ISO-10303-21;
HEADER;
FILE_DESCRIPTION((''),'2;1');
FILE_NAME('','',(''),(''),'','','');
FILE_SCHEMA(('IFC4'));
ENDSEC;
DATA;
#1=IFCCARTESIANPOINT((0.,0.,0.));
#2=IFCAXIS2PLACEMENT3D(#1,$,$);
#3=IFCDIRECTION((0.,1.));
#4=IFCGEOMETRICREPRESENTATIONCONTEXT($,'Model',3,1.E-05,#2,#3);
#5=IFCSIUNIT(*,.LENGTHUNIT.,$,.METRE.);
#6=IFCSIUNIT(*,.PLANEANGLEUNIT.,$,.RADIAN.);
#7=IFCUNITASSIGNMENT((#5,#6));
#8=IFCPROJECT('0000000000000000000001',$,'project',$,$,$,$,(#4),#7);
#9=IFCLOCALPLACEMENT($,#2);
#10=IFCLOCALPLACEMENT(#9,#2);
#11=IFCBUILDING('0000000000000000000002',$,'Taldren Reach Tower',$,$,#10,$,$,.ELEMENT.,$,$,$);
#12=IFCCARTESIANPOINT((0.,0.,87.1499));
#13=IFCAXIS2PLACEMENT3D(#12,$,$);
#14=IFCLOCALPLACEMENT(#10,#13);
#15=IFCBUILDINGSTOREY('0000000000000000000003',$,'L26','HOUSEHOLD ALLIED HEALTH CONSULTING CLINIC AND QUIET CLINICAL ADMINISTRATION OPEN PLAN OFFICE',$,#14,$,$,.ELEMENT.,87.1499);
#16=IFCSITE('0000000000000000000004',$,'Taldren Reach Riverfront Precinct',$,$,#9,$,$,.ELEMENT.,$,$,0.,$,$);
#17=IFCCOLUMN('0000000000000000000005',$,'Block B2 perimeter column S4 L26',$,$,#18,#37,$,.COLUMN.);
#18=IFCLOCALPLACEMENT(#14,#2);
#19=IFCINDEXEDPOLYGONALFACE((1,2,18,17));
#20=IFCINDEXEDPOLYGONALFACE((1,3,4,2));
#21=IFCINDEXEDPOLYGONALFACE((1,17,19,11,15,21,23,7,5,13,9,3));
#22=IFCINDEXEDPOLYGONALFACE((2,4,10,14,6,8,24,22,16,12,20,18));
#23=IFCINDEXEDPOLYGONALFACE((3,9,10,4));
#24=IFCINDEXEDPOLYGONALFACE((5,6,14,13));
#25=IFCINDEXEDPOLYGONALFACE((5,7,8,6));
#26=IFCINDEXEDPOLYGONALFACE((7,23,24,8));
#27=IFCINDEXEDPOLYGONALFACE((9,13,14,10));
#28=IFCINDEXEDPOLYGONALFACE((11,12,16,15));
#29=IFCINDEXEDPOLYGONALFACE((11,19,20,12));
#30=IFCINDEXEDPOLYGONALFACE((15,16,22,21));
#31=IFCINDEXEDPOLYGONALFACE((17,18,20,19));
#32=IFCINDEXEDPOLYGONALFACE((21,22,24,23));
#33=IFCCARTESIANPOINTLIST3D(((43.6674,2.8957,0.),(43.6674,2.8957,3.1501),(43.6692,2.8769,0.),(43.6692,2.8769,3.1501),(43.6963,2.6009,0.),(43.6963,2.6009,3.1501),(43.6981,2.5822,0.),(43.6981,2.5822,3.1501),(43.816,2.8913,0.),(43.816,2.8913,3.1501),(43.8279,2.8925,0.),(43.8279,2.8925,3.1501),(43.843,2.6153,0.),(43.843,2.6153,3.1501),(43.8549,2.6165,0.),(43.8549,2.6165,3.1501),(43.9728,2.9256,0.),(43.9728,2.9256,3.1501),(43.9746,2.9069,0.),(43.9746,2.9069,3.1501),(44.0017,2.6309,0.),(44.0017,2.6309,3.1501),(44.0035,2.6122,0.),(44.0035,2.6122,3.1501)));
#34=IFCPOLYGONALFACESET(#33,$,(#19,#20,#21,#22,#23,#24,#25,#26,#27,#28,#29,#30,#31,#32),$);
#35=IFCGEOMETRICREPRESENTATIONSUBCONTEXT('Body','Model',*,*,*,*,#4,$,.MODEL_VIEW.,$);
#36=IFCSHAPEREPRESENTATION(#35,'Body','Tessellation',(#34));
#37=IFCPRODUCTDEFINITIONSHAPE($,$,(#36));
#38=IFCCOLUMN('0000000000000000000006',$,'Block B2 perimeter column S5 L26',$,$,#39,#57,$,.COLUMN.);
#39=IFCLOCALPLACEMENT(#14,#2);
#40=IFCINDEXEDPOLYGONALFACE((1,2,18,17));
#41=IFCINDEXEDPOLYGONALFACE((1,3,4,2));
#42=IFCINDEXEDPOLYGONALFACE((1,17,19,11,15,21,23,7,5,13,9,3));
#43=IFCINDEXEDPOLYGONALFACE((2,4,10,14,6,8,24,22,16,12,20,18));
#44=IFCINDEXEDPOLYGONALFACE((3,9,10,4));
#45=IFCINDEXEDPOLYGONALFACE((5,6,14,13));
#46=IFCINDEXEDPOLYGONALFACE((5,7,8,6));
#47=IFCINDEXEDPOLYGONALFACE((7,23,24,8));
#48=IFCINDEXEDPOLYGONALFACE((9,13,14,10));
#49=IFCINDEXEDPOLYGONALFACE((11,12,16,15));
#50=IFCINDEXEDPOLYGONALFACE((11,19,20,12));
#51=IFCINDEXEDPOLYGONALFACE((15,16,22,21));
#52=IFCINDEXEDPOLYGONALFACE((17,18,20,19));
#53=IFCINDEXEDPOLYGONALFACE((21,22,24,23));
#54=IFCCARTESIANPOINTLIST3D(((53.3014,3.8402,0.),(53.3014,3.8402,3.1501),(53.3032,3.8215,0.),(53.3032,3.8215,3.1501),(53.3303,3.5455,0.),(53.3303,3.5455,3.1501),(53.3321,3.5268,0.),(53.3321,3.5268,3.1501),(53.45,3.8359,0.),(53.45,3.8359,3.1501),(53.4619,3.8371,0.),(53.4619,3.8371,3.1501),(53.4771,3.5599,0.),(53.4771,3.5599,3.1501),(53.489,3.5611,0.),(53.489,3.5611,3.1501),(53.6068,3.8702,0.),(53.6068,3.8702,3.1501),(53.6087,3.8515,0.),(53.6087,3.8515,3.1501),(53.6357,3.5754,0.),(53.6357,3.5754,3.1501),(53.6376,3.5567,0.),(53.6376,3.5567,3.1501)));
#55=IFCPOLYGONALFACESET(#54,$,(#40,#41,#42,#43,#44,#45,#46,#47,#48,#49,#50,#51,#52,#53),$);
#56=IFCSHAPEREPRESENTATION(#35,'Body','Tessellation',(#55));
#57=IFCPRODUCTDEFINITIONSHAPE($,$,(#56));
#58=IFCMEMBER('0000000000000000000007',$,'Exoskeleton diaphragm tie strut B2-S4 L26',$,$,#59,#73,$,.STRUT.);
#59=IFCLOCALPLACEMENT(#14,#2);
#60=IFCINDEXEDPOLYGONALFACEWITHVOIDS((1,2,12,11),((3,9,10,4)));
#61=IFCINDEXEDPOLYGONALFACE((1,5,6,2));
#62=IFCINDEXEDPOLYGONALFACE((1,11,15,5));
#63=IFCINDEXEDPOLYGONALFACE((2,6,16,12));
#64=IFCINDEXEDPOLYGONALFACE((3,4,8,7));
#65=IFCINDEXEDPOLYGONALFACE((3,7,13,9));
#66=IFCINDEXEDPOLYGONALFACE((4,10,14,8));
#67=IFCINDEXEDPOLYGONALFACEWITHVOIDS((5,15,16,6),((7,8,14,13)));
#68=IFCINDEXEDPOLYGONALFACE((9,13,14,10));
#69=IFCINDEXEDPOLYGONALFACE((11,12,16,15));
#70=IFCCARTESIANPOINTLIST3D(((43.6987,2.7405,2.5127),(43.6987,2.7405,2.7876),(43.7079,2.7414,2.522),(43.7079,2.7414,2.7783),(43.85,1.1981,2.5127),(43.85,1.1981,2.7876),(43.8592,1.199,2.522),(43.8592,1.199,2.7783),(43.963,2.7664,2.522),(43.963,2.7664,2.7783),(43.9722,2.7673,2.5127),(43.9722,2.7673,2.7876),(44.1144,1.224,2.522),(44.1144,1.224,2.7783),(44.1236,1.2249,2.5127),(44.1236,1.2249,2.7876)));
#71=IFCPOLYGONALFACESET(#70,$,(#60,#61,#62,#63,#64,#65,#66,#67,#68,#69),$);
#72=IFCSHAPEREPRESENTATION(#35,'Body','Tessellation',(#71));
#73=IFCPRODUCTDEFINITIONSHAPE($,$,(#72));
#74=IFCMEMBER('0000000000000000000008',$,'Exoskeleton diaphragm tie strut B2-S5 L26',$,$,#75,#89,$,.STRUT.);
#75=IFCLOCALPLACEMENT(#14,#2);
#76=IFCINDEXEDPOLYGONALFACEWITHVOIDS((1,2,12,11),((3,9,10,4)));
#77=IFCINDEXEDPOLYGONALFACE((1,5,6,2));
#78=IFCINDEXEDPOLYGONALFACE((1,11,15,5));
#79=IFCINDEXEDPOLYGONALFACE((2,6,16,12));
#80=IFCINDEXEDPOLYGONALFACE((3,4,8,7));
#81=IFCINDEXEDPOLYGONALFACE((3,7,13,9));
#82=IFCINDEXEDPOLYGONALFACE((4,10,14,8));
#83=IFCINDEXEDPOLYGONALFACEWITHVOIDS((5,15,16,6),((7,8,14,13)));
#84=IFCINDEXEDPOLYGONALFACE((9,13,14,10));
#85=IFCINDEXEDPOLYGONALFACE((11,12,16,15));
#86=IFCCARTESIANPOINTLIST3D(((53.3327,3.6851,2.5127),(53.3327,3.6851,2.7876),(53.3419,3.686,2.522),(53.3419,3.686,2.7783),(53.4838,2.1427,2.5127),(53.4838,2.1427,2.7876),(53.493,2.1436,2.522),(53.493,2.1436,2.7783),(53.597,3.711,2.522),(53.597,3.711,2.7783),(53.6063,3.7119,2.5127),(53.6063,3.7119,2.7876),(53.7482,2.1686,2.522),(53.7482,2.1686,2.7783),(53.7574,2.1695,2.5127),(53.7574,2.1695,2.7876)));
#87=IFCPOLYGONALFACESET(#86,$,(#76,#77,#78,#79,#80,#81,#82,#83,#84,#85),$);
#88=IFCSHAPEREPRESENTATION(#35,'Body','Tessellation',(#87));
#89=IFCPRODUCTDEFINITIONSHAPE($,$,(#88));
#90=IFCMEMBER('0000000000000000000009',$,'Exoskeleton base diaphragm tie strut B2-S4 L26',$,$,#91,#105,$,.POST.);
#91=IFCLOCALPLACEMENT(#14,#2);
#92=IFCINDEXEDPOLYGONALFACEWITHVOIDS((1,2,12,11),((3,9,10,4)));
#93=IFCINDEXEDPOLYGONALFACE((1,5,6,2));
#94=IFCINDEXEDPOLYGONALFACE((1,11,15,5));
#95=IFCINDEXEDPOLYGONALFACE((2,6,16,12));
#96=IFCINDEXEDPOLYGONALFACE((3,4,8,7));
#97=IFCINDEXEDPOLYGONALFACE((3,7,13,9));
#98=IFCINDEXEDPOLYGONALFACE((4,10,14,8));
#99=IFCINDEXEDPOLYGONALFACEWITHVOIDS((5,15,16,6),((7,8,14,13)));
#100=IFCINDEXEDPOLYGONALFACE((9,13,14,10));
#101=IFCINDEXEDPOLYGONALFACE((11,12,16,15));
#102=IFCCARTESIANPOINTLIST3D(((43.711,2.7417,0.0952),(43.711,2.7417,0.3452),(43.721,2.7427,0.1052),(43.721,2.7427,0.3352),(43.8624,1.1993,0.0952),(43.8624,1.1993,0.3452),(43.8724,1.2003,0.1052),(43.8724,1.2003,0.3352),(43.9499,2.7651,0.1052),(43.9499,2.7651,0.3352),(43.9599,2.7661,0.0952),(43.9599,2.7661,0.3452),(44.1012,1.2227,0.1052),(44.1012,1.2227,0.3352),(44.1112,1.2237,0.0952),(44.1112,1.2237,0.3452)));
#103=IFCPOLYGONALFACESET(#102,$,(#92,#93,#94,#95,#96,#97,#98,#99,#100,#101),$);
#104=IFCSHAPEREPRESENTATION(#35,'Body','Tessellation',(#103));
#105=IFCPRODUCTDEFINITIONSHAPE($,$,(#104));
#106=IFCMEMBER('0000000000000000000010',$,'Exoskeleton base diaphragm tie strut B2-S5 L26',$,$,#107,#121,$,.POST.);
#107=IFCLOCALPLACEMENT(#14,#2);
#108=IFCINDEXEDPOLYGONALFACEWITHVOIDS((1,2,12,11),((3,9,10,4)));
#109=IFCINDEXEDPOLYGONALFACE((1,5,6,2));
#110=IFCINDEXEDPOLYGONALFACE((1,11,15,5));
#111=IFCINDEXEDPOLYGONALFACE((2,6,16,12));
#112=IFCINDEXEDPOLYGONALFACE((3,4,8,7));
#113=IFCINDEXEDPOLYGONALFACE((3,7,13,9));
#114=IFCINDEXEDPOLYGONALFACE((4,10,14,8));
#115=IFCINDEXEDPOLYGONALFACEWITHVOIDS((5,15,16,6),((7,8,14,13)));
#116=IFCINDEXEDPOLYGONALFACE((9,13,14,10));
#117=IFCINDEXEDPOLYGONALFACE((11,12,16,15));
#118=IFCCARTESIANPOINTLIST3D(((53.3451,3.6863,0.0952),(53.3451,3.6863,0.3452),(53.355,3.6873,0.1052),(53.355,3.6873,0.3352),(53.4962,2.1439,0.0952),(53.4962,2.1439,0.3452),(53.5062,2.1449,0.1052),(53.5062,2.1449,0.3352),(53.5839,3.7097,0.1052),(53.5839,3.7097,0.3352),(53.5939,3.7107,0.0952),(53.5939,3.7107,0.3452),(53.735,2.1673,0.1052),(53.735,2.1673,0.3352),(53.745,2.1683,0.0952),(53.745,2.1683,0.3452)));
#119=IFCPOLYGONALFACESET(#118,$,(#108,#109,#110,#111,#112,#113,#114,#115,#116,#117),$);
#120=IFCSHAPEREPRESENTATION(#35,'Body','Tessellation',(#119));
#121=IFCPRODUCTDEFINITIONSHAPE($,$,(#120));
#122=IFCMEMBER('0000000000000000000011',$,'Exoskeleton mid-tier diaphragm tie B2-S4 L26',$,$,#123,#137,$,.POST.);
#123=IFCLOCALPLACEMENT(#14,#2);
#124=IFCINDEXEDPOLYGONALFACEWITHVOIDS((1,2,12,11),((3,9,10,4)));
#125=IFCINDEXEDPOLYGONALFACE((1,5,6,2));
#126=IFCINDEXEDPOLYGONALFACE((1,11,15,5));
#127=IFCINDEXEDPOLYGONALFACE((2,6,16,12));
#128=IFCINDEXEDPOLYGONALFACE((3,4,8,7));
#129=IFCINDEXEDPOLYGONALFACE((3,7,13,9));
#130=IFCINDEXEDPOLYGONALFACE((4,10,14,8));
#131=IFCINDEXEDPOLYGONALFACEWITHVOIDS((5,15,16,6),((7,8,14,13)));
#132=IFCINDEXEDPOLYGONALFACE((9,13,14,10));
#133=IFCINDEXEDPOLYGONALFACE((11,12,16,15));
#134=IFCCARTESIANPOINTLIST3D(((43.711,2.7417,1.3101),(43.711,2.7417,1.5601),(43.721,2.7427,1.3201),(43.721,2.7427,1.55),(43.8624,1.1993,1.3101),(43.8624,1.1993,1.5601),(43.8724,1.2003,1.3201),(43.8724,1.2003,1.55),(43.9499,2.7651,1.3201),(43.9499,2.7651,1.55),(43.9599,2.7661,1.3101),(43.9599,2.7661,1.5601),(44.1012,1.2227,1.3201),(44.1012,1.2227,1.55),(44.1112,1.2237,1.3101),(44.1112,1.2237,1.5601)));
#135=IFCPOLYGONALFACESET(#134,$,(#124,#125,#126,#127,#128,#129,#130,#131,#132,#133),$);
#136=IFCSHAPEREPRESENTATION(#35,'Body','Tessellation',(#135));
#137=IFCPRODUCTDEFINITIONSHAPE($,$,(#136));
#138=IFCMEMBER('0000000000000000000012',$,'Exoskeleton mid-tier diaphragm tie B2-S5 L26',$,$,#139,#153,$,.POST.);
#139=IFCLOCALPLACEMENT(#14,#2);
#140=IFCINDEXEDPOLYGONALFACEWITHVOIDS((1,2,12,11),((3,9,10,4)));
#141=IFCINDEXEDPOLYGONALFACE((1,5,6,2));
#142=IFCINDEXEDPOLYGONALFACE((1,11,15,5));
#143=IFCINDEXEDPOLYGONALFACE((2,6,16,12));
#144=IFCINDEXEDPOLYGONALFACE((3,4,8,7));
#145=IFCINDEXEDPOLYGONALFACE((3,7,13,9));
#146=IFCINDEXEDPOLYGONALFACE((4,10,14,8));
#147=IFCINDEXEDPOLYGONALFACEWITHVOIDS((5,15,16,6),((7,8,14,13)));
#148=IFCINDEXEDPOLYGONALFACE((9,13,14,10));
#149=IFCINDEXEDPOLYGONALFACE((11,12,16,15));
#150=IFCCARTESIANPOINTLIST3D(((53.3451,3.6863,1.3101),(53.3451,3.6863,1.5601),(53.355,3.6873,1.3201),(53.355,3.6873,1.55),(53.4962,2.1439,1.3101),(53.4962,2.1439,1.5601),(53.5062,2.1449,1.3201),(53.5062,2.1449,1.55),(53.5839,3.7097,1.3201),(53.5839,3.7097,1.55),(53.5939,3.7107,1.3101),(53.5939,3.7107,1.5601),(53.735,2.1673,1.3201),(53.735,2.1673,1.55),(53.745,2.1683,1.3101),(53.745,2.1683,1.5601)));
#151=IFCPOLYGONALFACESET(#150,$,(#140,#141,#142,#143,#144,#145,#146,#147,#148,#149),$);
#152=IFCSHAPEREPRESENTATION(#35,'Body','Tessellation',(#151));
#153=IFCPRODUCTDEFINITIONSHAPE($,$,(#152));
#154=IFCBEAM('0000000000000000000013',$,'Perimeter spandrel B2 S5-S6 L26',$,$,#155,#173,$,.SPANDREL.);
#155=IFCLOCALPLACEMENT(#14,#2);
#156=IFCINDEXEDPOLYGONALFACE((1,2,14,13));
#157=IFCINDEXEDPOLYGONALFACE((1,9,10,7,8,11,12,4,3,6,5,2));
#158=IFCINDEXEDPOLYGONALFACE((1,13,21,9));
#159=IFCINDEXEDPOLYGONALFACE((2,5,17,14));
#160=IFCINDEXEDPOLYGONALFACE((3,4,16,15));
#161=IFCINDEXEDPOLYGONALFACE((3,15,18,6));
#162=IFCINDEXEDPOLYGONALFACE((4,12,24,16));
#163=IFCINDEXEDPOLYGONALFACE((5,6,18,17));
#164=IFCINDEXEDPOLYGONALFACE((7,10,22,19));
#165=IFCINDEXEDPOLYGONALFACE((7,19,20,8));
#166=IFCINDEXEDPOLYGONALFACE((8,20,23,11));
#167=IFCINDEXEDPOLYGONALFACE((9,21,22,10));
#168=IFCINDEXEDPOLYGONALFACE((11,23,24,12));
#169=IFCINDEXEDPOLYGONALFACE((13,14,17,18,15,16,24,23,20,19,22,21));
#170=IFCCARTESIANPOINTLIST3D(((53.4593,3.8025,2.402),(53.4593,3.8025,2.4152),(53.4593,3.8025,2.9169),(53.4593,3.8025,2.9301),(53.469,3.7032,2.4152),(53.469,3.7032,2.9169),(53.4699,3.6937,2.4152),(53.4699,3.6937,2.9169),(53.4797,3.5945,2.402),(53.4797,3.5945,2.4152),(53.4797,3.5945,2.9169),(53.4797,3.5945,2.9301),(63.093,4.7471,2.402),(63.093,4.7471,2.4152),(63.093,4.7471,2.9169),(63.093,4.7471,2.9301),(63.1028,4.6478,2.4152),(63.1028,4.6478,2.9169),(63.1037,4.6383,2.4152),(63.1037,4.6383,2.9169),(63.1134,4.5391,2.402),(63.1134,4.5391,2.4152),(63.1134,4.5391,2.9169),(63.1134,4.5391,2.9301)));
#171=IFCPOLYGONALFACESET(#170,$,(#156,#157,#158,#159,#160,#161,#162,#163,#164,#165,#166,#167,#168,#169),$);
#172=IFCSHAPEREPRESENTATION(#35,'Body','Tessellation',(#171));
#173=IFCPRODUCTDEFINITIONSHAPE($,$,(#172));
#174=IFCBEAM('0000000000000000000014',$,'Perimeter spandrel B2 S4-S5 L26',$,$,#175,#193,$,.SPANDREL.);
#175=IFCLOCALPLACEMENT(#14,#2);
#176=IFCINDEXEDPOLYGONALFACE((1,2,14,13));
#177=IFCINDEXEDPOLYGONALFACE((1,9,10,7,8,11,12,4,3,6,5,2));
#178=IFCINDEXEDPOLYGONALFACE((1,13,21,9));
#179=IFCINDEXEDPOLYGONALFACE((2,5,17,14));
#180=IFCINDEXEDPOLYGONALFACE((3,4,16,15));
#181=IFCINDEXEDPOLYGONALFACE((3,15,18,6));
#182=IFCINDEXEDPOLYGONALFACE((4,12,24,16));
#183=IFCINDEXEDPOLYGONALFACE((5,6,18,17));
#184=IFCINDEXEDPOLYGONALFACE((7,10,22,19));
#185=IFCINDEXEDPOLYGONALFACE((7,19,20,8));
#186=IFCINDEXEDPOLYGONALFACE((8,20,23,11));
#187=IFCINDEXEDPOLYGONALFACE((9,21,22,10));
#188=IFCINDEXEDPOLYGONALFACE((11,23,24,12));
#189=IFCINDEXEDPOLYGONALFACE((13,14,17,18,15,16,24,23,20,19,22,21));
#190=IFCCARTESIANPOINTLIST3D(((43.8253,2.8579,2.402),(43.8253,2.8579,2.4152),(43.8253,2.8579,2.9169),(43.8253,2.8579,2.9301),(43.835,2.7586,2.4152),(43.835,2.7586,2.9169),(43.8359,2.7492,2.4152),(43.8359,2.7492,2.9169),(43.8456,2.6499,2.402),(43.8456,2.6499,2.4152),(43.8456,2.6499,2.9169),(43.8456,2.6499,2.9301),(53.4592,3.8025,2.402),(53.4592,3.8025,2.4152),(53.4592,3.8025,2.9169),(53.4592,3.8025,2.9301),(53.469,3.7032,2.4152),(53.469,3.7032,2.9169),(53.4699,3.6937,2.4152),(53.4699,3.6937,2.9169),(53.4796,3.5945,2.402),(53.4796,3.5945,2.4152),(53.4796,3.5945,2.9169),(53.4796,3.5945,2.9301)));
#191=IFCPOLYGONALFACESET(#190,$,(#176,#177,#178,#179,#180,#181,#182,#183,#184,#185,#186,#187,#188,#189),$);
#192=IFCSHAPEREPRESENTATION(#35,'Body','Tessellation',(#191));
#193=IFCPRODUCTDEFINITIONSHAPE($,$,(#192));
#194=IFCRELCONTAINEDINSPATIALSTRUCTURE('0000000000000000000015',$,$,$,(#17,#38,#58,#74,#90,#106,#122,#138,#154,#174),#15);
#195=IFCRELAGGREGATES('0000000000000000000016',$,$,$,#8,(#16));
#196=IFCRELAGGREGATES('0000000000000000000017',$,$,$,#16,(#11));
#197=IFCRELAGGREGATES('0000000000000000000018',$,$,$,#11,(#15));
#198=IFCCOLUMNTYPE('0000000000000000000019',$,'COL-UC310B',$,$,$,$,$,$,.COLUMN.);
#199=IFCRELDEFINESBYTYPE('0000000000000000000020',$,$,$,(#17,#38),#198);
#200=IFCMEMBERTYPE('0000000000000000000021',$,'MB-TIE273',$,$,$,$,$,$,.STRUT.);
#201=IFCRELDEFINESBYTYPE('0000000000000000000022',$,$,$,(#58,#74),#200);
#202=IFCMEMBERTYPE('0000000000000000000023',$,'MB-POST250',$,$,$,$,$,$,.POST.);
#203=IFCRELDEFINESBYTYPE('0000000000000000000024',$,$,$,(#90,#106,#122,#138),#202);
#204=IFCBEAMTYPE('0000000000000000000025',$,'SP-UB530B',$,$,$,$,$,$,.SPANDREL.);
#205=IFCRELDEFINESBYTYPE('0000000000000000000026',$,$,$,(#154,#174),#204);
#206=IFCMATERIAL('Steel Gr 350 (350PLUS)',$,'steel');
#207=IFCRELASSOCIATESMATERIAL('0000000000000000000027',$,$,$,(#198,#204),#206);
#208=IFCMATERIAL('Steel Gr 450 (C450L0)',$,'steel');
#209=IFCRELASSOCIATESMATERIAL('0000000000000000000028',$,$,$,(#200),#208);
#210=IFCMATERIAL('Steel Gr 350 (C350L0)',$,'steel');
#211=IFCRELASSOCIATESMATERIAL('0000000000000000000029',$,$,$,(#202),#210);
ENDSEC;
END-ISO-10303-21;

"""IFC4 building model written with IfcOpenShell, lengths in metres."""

from ifc_helpers import new_model, si_unit, direction, frame, origin, origin_2d, place, context, subcontext, project, spatial, hollow_rectangle, i_section, extrude, source, transform, mapped, material, material_profile, profile_set, type_object, element, save


model = new_model("IFC4")

# Units and contexts
model_context = context("Model", 3, precision=1e-05, world=origin(), true_north=direction((0.0, 1.0)))
body_context = subcontext(model_context, "Body", "Model", "MODEL_VIEW")
ifc_project = project(units=[si_unit("LENGTHUNIT", "METRE"), si_unit("PLANEANGLEUNIT", "RADIAN")], contexts=[model_context])

# Site, building, storey
site_placement = place(None, origin())
site = spatial("IfcSite", under=ifc_project, at=site_placement, Name="Taldren Reach Riverfront Precinct", CompositionType="ELEMENT", RefElevation=0.0)
building_placement = place(site_placement, origin())
building = spatial("IfcBuilding", under=site, at=building_placement, Name="Taldren Reach Tower", CompositionType="ELEMENT")
storey_placement = place(building_placement, frame((0.0, 0.0, 87.1499)))
storey = spatial("IfcBuildingStorey", under=building, at=storey_placement, Name="L26", Description="HOUSEHOLD ALLIED HEALTH CONSULTING CLINIC AND QUIET CLINICAL ADMINISTRATION OPEN PLAN OFFICE", CompositionType="ELEMENT", Elevation=87.1499)

# Columns
ifc_material_1 = material(Name="Steel Gr 350 (350PLUS)", Category="steel")
ifc_material_profile_1 = material_profile(ifc_material_1, i_section(OverallWidth=0.3069, OverallDepth=0.3149, WebThickness=0.012, FlangeThickness=0.0188, at=origin_2d()), Name="310UC118")
ifc_profile_set_1 = profile_set([ifc_material_profile_1], Name="Steel Gr 350 (350PLUS)")
column_type = type_object("IfcColumnType", Name="COL-UC310B", PredefinedType="COLUMN", material=ifc_profile_set_1)
shared_shape_1 = source(origin(), body_context, "Body", "SweptSolid", [
    extrude(i_section(OverallWidth=0.3069, OverallDepth=0.3149, WebThickness=0.012, FlangeThickness=0.0188, at=origin_2d()), origin(), (0.0, 0.0, 1.0), 3.1501),
])
for number, where, z_axis, x_axis, name in (
    (1, (43.8354, 2.7539, 0.0), (0.0, 0.0, 1.0), (0.995227, 0.097583, 0.0), "Block B2 perimeter column S4 L26"),
    (2, (53.4695, 3.6985, 0.0), (0.0, 0.0, 1.0), (0.995227, 0.097583, 0.0), "Block B2 perimeter column S5 L26"),
):
    element("IfcColumn", number, at=place(storey_placement, frame(where, z_axis=z_axis, x_axis=x_axis)), inside=storey, type_object=column_type, Name=name, PredefinedType="COLUMN", context=body_context, shape_type="MappedRepresentation", body=[
        mapped(shared_shape_1, transform((0.0, 0.0, 0.0), scale=1.0)),
    ])

# Members
ifc_material_2 = material(Name="Steel Gr 450 (C450L0)", Category="steel")
ifc_material_profile_2 = material_profile(ifc_material_2, hollow_rectangle(XDim=0.2749, YDim=0.2749, WallThickness=0.0093, at=origin_2d()), Name="275x275x9.3SHS")
ifc_profile_set_2 = profile_set([ifc_material_profile_2], Name="Steel Gr 450 (C450L0)")
member_type_1 = type_object("IfcMemberType", Name="MB-TIE273", PredefinedType="STRUT", material=ifc_profile_set_2)
shared_shape_2 = source(origin(), body_context, "Body", "SweptSolid", [
    extrude(hollow_rectangle(XDim=0.2749, YDim=0.2749, WallThickness=0.0093, at=origin_2d()), origin(), (0.0, 0.0, 1.0), 1.5498),
])
for number, where, z_axis, x_axis, name in (
    (3, (43.8354, 2.7539, 2.6501), (0.097663, -0.99522, 0.0), (0.99522, 0.097663, 0.0), "Exoskeleton diaphragm tie strut B2-S4 L26"),
    (4, (53.4695, 3.6985, 2.6501), (0.097507, -0.995235, 0.0), (0.995235, 0.097507, 0.0), "Exoskeleton diaphragm tie strut B2-S5 L26"),
):
    element("IfcMember", number, at=place(storey_placement, frame(where, z_axis=z_axis, x_axis=x_axis)), inside=storey, type_object=member_type_1, Name=name, PredefinedType="STRUT", context=body_context, shape_type="MappedRepresentation", body=[
        mapped(shared_shape_2, transform((0.0, 0.0, 0.0), scale=1.0)),
    ])
ifc_material_3 = material(Name="Steel Gr 350 (C350L0)", Category="steel")
ifc_material_profile_3 = material_profile(ifc_material_3, hollow_rectangle(XDim=0.25, YDim=0.25, WallThickness=0.01, at=origin_2d()), Name="250x250x10.0SHS")
ifc_profile_set_3 = profile_set([ifc_material_profile_3], Name="Steel Gr 350 (C350L0)")
member_type_2 = type_object("IfcMemberType", Name="MB-POST250", PredefinedType="POST", material=ifc_profile_set_3)
shared_shape_3 = source(origin(), body_context, "Body", "SweptSolid", [
    extrude(hollow_rectangle(XDim=0.25, YDim=0.25, WallThickness=0.01, at=origin_2d()), origin(), (0.0, 0.0, 1.0), 1.5498),
])
for number, where, z_axis, x_axis, name in (
    (5, (43.8354, 2.7539, 0.2202), (0.097663, -0.99522, 0.0), (0.99522, 0.097663, 0.0), "Exoskeleton base diaphragm tie strut B2-S4 L26"),
    (6, (53.4695, 3.6985, 0.2202), (0.097507, -0.995235, 0.0), (0.995235, 0.097507, 0.0), "Exoskeleton base diaphragm tie strut B2-S5 L26"),
    (7, (43.8354, 2.7539, 1.4351), (0.097663, -0.99522, 0.0), (0.99522, 0.097663, 0.0), "Exoskeleton mid-tier diaphragm tie B2-S4 L26"),
    (8, (53.4695, 3.6985, 1.4351), (0.097507, -0.995235, 0.0), (0.995235, 0.097507, 0.0), "Exoskeleton mid-tier diaphragm tie B2-S5 L26"),
):
    element("IfcMember", number, at=place(storey_placement, frame(where, z_axis=z_axis, x_axis=x_axis)), inside=storey, type_object=member_type_2, Name=name, PredefinedType="POST", context=body_context, shape_type="MappedRepresentation", body=[
        mapped(shared_shape_3, transform((0.0, 0.0, 0.0), scale=1.0)),
    ])

# Beams
ifc_material_profile_4 = material_profile(ifc_material_1, i_section(OverallWidth=0.209, OverallDepth=0.5281, WebThickness=0.0095, FlangeThickness=0.0132, at=origin_2d()), Name="530UB82.0")
ifc_profile_set_4 = profile_set([ifc_material_profile_4], Name="Steel Gr 350 (350PLUS)")
beam_type = type_object("IfcBeamType", Name="SP-UB530B", PredefinedType="SPANDREL", material=ifc_profile_set_4)
shared_shape_4 = source(origin(), body_context, "Body", "SweptSolid", [
    extrude(i_section(OverallWidth=0.209, OverallDepth=0.5281, WebThickness=0.0095, FlangeThickness=0.0132, at=origin_2d()), origin(), (0.0, 0.0, 1.0), 9.6799),
])
beam_1_placement = place(storey_placement, frame((53.4695, 3.6985, 2.666), z_axis=(0.995228, 0.097581, 0.0), x_axis=(-0.097581, 0.995228, 0.0)))
element("IfcBeam", 9, at=beam_1_placement, inside=storey, type_object=beam_type, Name="Perimeter spandrel B2 S5-S6 L26", PredefinedType="SPANDREL", context=body_context, shape_type="MappedRepresentation", body=[
    mapped(shared_shape_4, transform((0.0, 0.0, 0.0), scale=1.0)),
])
shared_shape_5 = source(origin(), body_context, "Body", "SweptSolid", [
    extrude(i_section(OverallWidth=0.209, OverallDepth=0.5281, WebThickness=0.0095, FlangeThickness=0.0132, at=origin_2d()), origin(), (0.0, 0.0, 1.0), 9.6802),
])
beam_2_placement = place(storey_placement, frame((43.8354, 2.7539, 2.666), z_axis=(0.995228, 0.097578, 0.0), x_axis=(-0.097578, 0.995228, 0.0)))
element("IfcBeam", 10, at=beam_2_placement, inside=storey, type_object=beam_type, Name="Perimeter spandrel B2 S4-S5 L26", PredefinedType="SPANDREL", context=body_context, shape_type="MappedRepresentation", body=[
    mapped(shared_shape_5, transform((0.0, 0.0, 0.0), scale=1.0)),
])

save(model, "model.ifc")
